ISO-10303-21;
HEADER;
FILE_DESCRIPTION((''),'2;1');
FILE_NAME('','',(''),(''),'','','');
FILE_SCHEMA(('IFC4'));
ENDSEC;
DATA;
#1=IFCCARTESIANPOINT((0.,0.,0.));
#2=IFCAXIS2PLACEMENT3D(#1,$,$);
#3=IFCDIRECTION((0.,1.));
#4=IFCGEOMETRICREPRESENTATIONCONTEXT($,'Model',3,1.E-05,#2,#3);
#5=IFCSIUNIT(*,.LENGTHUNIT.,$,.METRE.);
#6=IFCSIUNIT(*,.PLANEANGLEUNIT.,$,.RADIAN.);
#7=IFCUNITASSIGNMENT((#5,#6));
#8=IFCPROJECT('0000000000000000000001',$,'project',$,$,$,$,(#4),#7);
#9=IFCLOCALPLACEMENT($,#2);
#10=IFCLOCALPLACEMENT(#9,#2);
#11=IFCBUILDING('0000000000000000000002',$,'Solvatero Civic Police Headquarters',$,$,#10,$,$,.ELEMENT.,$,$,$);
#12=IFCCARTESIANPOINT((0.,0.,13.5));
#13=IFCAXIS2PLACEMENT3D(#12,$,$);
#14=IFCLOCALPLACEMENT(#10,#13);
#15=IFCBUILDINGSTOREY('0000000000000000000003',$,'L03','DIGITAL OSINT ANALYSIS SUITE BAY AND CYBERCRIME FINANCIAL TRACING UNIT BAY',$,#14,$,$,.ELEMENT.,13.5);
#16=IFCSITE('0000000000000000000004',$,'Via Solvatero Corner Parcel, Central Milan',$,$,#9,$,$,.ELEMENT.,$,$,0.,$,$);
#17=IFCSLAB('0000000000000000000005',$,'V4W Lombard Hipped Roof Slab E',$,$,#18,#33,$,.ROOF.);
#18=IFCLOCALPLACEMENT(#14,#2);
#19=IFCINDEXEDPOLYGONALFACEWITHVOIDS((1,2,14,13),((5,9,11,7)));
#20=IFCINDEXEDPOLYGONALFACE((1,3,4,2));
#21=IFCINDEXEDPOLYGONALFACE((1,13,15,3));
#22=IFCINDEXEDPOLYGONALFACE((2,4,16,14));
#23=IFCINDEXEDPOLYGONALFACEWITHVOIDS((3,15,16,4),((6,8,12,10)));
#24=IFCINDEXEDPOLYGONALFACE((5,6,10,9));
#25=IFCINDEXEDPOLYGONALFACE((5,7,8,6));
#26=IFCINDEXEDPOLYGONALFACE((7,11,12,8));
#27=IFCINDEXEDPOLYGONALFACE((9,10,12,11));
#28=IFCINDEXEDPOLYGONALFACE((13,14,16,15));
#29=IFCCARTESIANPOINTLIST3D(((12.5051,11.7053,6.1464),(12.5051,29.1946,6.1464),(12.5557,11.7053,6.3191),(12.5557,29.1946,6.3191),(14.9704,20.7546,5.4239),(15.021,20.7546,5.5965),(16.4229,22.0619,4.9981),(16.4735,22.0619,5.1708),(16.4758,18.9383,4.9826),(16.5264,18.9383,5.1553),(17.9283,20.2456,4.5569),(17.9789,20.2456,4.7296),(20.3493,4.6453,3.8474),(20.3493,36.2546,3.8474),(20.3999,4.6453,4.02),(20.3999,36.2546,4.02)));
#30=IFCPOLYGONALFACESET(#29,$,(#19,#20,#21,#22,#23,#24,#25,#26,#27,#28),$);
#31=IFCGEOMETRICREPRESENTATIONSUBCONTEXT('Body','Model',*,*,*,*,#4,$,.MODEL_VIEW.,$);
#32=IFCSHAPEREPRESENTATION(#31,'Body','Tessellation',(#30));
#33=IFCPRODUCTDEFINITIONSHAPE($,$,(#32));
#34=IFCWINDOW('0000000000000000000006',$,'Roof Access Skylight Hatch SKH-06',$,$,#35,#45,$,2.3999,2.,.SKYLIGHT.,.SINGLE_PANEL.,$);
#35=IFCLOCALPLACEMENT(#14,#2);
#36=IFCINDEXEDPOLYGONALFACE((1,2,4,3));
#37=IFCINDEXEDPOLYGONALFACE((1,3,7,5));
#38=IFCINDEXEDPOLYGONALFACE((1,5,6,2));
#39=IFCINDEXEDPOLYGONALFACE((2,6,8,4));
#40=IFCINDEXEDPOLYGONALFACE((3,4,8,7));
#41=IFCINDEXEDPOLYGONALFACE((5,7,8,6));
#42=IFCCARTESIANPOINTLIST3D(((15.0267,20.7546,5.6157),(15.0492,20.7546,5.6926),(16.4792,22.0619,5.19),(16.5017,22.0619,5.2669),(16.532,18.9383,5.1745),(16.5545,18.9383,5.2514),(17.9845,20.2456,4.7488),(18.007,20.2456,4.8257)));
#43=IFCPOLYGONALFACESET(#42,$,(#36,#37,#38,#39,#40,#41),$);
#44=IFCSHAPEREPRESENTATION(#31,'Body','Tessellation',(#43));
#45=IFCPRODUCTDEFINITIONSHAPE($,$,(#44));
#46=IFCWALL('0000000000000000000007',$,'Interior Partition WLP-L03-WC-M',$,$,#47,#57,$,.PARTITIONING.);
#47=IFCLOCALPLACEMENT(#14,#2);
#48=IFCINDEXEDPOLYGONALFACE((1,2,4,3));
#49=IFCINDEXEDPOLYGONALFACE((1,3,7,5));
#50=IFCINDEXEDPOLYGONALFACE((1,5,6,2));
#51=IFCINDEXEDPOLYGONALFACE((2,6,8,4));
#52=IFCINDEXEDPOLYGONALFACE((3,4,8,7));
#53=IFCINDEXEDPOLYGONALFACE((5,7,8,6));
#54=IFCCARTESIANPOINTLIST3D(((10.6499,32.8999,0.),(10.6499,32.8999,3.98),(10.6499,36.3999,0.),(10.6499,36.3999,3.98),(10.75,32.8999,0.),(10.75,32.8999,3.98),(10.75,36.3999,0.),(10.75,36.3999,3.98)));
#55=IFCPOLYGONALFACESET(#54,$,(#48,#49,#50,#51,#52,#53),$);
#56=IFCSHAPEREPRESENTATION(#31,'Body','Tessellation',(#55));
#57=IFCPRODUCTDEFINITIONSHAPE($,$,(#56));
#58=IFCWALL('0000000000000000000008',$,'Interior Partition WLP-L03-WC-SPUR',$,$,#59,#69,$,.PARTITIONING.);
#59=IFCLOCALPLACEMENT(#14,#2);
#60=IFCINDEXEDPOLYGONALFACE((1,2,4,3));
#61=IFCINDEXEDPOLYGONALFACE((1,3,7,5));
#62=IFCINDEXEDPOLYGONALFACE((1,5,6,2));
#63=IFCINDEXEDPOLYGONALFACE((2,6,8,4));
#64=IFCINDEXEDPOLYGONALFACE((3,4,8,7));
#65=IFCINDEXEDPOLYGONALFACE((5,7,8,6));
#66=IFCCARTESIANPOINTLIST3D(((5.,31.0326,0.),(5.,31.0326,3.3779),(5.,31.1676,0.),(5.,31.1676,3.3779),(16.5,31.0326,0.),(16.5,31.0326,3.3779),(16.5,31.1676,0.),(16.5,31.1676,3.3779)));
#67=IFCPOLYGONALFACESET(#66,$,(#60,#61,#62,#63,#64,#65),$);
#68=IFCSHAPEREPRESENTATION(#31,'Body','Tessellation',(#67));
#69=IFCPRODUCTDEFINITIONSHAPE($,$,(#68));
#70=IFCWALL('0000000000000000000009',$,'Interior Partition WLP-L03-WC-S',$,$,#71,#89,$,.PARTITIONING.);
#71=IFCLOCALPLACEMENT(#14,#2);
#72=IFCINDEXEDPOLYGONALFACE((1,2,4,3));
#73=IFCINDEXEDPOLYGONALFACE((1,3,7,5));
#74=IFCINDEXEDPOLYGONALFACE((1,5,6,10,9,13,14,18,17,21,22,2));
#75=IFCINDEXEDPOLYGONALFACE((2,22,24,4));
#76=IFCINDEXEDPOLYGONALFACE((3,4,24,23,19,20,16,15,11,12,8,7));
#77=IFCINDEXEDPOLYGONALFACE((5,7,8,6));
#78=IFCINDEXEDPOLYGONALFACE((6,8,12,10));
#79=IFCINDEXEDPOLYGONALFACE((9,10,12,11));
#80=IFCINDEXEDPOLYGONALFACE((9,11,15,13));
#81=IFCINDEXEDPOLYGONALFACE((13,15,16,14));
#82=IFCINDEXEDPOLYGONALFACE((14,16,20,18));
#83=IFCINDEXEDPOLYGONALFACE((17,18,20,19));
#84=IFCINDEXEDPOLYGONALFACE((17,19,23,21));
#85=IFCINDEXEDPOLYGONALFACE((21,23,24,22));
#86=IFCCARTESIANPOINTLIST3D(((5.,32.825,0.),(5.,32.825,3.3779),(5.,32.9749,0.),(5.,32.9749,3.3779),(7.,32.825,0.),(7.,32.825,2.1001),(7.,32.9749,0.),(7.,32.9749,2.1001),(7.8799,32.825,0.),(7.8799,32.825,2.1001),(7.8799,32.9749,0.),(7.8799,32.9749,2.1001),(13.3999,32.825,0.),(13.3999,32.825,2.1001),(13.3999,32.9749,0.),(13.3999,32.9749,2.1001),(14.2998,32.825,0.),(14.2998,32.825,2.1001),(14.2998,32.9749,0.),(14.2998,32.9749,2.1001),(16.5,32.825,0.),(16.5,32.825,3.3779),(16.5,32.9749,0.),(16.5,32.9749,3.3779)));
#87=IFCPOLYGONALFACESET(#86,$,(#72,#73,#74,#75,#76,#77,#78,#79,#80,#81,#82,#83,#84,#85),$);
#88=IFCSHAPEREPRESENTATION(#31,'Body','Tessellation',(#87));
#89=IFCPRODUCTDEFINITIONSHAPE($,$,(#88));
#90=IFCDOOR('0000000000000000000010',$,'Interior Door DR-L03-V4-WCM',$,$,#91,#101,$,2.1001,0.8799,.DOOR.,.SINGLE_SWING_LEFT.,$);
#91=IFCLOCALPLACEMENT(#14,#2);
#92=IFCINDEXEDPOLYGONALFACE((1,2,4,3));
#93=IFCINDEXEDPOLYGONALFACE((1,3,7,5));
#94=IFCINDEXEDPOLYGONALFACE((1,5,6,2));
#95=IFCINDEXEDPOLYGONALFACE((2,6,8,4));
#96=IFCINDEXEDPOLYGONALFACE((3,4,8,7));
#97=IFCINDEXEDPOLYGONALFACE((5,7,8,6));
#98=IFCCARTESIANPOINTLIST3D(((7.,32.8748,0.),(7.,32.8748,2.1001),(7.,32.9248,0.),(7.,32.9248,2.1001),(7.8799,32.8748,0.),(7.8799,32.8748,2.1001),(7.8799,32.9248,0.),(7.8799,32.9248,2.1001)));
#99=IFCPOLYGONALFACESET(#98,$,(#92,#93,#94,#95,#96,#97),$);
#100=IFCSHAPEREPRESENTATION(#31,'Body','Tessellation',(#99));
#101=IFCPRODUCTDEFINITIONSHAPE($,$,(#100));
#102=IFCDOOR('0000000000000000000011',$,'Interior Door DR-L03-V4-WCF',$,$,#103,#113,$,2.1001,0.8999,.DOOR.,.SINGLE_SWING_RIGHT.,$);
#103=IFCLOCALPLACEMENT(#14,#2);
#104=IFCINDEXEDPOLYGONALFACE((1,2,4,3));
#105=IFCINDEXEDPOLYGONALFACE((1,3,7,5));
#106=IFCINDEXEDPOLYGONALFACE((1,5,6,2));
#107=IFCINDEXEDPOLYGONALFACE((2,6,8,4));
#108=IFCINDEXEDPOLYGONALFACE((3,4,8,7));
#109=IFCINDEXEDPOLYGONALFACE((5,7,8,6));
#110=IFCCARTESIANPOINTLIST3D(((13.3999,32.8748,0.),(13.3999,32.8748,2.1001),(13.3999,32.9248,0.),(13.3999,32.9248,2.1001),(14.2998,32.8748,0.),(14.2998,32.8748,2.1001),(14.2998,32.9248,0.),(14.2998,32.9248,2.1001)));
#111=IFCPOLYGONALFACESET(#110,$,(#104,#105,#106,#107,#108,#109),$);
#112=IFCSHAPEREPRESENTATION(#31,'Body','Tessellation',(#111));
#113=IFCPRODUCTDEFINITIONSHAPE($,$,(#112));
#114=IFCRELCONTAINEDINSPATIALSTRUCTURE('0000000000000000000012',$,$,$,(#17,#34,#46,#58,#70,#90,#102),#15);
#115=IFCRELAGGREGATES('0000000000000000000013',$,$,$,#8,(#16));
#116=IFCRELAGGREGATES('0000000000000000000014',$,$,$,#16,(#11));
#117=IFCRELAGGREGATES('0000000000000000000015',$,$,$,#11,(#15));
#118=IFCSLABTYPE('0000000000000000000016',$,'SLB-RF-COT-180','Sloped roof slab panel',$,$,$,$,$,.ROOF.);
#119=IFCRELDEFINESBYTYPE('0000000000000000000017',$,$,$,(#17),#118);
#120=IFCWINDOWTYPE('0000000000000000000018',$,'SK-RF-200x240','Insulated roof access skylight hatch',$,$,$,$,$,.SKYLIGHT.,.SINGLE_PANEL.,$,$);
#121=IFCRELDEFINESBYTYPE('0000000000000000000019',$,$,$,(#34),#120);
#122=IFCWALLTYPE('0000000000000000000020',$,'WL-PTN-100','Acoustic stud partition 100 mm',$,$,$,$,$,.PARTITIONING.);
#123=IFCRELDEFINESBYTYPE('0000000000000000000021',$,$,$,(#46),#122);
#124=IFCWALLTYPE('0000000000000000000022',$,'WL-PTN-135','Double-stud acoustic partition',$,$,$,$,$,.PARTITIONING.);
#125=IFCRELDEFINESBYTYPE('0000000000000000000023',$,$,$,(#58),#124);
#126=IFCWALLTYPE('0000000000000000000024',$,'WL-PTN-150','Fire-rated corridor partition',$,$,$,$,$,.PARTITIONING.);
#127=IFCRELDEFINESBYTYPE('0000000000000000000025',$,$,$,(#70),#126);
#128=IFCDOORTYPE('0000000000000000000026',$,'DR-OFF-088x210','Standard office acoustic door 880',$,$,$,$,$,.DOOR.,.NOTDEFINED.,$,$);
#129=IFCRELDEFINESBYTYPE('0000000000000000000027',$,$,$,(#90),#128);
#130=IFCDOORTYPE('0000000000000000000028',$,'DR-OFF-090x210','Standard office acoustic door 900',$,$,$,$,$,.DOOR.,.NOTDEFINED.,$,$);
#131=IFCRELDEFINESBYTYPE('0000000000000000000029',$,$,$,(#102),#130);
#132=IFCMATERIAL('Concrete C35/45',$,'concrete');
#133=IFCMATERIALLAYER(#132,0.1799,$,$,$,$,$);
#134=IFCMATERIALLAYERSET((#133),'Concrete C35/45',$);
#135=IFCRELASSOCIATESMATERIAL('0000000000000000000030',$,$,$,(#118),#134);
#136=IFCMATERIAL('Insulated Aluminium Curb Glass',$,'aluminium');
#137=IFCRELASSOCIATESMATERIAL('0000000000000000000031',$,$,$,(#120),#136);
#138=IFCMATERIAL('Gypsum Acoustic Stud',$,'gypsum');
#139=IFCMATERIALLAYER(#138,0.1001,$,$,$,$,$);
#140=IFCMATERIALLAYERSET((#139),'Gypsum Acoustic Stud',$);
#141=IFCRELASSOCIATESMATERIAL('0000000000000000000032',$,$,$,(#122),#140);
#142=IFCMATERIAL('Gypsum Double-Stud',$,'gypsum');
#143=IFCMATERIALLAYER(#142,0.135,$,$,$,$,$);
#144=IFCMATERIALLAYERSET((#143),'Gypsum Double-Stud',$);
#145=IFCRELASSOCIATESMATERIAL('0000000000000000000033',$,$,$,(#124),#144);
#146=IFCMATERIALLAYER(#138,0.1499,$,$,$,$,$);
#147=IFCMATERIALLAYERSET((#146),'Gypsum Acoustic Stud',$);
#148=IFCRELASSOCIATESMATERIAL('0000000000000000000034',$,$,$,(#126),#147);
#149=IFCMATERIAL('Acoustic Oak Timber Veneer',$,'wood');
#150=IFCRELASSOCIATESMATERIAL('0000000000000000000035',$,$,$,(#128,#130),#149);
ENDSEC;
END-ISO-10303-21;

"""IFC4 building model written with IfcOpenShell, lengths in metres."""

from ifc_helpers import new_model, si_unit, direction, frame, frame_2d, origin, origin_2d, place, context, subcontext, project, spatial, polyline, rectangle, outline, extrude, material, layer, layer_set, type_object, element, fill, save


model = new_model("IFC4")

# Units and contexts
model_context = context("Model", 3, precision=1e-05, world=origin(), true_north=direction((0.0, 1.0)))
body_context = subcontext(model_context, "Body", "Model", "MODEL_VIEW")
ifc_project = project(units=[si_unit("LENGTHUNIT", "METRE"), si_unit("PLANEANGLEUNIT", "RADIAN")], contexts=[model_context])

# Site, building, storey
site_placement = place(None, origin())
site = spatial("IfcSite", under=ifc_project, at=site_placement, Name="Via Solvatero Corner Parcel, Central Milan", CompositionType="ELEMENT", RefElevation=0.0)
building_placement = place(site_placement, origin())
building = spatial("IfcBuilding", under=site, at=building_placement, Name="Solvatero Civic Police Headquarters", CompositionType="ELEMENT")
storey_placement = place(building_placement, frame((0.0, 0.0, 13.5)))
storey = spatial("IfcBuildingStorey", under=building, at=storey_placement, Name="L03", Description="DIGITAL OSINT ANALYSIS SUITE BAY AND CYBERCRIME FINANCIAL TRACING UNIT BAY", CompositionType="ELEMENT", Elevation=13.5)

# Slab, opening, window
ifc_material_1 = material(Name="Concrete C35/45", Category="concrete")
ifc_layer_1 = layer(ifc_material_1, 0.1799)
ifc_layer_set_1 = layer_set([ifc_layer_1], Name="Concrete C35/45")
slab_type = type_object("IfcSlabType", Name="SLB-RF-COT-180", Description="Sloped roof slab panel", PredefinedType="ROOF", material=ifc_layer_set_1)
slab_placement = place(storey_placement, frame((12.5557, 29.1946, 6.3191), z_axis=(0.281259, 0.0, 0.959632), x_axis=(0.726249, 0.653647, -0.212857)))
slab = element("IfcSlab", 1, at=slab_placement, inside=storey, type_object=slab_type, Name="V4W Lombard Hipped Roof Slab E", PredefinedType="ROOF", context=body_context, shape_type="SweptSolid", body=[
    extrude(outline(polyline([(0.0, 0.0), (10.801, 0.0), (-9.8603, -23.922), (-11.4318, -13.2359), (0.0, 0.0)])), origin(), (0.0, 0.0, -1.0), 0.1799),
])
opening_1_placement = place(slab_placement, frame((-2.5725, -9.2666, 0.0)))
opening_1 = element("IfcOpeningElement", 2, at=opening_1_placement, cuts=slab, PredefinedType="OPENING", context=body_context, shape_type="SweptSolid", body=[
    extrude(rectangle(XDim=2.0, YDim=2.3999, at=origin_2d()), frame((0.0, 0.0, -0.3)), (0.0, 0.0, 1.0), 0.5),
])
ifc_material_2 = material(Name="Insulated Aluminium Curb Glass", Category="aluminium")
window_type = type_object("IfcWindowType", Name="SK-RF-200x240", Description="Insulated roof access skylight hatch", PartitioningType="SINGLE_PANEL", PredefinedType="SKYLIGHT", material=ifc_material_2)
window_placement = place(opening_1_placement, frame((0.0, 0.0, 0.02)))
window = element("IfcWindow", 3, at=window_placement, inside=storey, type_object=window_type, Name="Roof Access Skylight Hatch SKH-06", OverallHeight=2.3999, OverallWidth=2.0, PartitioningType="SINGLE_PANEL", PredefinedType="SKYLIGHT", context=body_context, shape_type="SweptSolid", body=[
    extrude(rectangle(XDim=2.0, YDim=2.3999, at=origin_2d()), origin(), (0.0, 0.0, 1.0), 0.0801),
])
fill(opening_1, window)

# Walls
ifc_material_3 = material(Name="Gypsum Acoustic Stud", Category="gypsum")
ifc_layer_2 = layer(ifc_material_3, 0.1001)
ifc_layer_set_2 = layer_set([ifc_layer_2], Name="Gypsum Acoustic Stud")
wall_type_1 = type_object("IfcWallType", Name="WL-PTN-100", Description="Acoustic stud partition 100 mm", PredefinedType="PARTITIONING", material=ifc_layer_set_2)
wall_1_placement = place(storey_placement, frame((10.7, 32.8999, 0.0), z_axis=(0.0, 0.0, 1.0), x_axis=(0.0, 1.0, 0.0)))
element("IfcWall", 4, at=wall_1_placement, inside=storey, type_object=wall_type_1, Name="Interior Partition WLP-L03-WC-M", PredefinedType="PARTITIONING", context=body_context, shape_type="SweptSolid", body=[
    extrude(rectangle(XDim=3.5, YDim=0.1001, at=frame_2d((1.75, 0.0))), origin(), (0.0, 0.0, 1.0), 3.98),
])
ifc_material_4 = material(Name="Gypsum Double-Stud", Category="gypsum")
ifc_layer_3 = layer(ifc_material_4, 0.135)
ifc_layer_set_3 = layer_set([ifc_layer_3], Name="Gypsum Double-Stud")
wall_type_2 = type_object("IfcWallType", Name="WL-PTN-135", Description="Double-stud acoustic partition", PredefinedType="PARTITIONING", material=ifc_layer_set_3)
wall_2_placement = place(storey_placement, frame((5.0, 31.1001, 0.0), z_axis=(0.0, 0.0, 1.0), x_axis=(1.0, 0.0, 0.0)))
element("IfcWall", 5, at=wall_2_placement, inside=storey, type_object=wall_type_2, Name="Interior Partition WLP-L03-WC-SPUR", PredefinedType="PARTITIONING", context=body_context, shape_type="SweptSolid", body=[
    extrude(rectangle(XDim=11.5, YDim=0.135, at=frame_2d((5.75, 0.0))), origin(), (0.0, 0.0, 1.0), 3.3779),
])

# Wall, openings, doors
ifc_layer_4 = layer(ifc_material_3, 0.1499)
ifc_layer_set_4 = layer_set([ifc_layer_4], Name="Gypsum Acoustic Stud")
wall_type_3 = type_object("IfcWallType", Name="WL-PTN-150", Description="Fire-rated corridor partition", PredefinedType="PARTITIONING", material=ifc_layer_set_4)
wall_3_placement = place(storey_placement, frame((5.0, 32.8999, 0.0), z_axis=(0.0, 0.0, 1.0), x_axis=(1.0, 0.0, 0.0)))
wall_3 = element("IfcWall", 6, at=wall_3_placement, inside=storey, type_object=wall_type_3, Name="Interior Partition WLP-L03-WC-S", PredefinedType="PARTITIONING", context=body_context, shape_type="SweptSolid", body=[
    extrude(rectangle(XDim=11.5, YDim=0.1499, at=frame_2d((5.75, 0.0))), origin(), (0.0, 0.0, 1.0), 3.3779),
])
opening_2_placement = place(wall_3_placement, frame((2.0, 0.0, 0.0)))
opening_2 = element("IfcOpeningElement", 7, at=opening_2_placement, cuts=wall_3, PredefinedType="OPENING", context=body_context, shape_type="SweptSolid", body=[
    extrude(rectangle(XDim=0.8799, YDim=2.1001, at=frame_2d((0.4399, 1.05))), frame((0.0, 0.085, 0.0), z_axis=(0.0, -1.0, 0.0), x_axis=(1.0, 0.0, 0.0)), (0.0, 0.0, 1.0), 0.1699),
])
opening_3_placement = place(wall_3_placement, frame((8.3999, 0.0, 0.0)))
opening_3 = element("IfcOpeningElement", 8, at=opening_3_placement, cuts=wall_3, PredefinedType="OPENING", context=body_context, shape_type="SweptSolid", body=[
    extrude(rectangle(XDim=0.8999, YDim=2.1001, at=frame_2d((0.45, 1.05))), frame((0.0, 0.085, 0.0), z_axis=(0.0, -1.0, 0.0), x_axis=(1.0, 0.0, 0.0)), (0.0, 0.0, 1.0), 0.1699),
])
ifc_material_5 = material(Name="Acoustic Oak Timber Veneer", Category="wood")
door_type_1 = type_object("IfcDoorType", Name="DR-OFF-088x210", Description="Standard office acoustic door 880", OperationType="NOTDEFINED", PredefinedType="DOOR", material=ifc_material_5)
door_1_placement = place(opening_2_placement, origin())
door_1 = element("IfcDoor", 9, at=door_1_placement, inside=storey, type_object=door_type_1, Name="Interior Door DR-L03-V4-WCM", OperationType="SINGLE_SWING_LEFT", OverallHeight=2.1001, OverallWidth=0.8799, PredefinedType="DOOR", context=body_context, shape_type="SweptSolid", body=[
    extrude(rectangle(XDim=0.8799, YDim=2.1001, at=frame_2d((0.4399, 1.05))), frame((0.0, 0.0249, 0.0), z_axis=(0.0, -1.0, 0.0), x_axis=(1.0, 0.0, 0.0)), (0.0, 0.0, 1.0), 0.05),
])
fill(opening_2, door_1)
door_type_2 = type_object("IfcDoorType", Name="DR-OFF-090x210", Description="Standard office acoustic door 900", OperationType="NOTDEFINED", PredefinedType="DOOR", material=ifc_material_5)
door_2_placement = place(opening_3_placement, origin())
door_2 = element("IfcDoor", 10, at=door_2_placement, inside=storey, type_object=door_type_2, Name="Interior Door DR-L03-V4-WCF", OperationType="SINGLE_SWING_RIGHT", OverallHeight=2.1001, OverallWidth=0.8999, PredefinedType="DOOR", context=body_context, shape_type="SweptSolid", body=[
    extrude(rectangle(XDim=0.8999, YDim=2.1001, at=frame_2d((0.45, 1.05))), frame((0.0, 0.0249, 0.0), z_axis=(0.0, -1.0, 0.0), x_axis=(1.0, 0.0, 0.0)), (0.0, 0.0, 1.0), 0.05),
])
fill(opening_3, door_2)

save(model, "model.ifc")
